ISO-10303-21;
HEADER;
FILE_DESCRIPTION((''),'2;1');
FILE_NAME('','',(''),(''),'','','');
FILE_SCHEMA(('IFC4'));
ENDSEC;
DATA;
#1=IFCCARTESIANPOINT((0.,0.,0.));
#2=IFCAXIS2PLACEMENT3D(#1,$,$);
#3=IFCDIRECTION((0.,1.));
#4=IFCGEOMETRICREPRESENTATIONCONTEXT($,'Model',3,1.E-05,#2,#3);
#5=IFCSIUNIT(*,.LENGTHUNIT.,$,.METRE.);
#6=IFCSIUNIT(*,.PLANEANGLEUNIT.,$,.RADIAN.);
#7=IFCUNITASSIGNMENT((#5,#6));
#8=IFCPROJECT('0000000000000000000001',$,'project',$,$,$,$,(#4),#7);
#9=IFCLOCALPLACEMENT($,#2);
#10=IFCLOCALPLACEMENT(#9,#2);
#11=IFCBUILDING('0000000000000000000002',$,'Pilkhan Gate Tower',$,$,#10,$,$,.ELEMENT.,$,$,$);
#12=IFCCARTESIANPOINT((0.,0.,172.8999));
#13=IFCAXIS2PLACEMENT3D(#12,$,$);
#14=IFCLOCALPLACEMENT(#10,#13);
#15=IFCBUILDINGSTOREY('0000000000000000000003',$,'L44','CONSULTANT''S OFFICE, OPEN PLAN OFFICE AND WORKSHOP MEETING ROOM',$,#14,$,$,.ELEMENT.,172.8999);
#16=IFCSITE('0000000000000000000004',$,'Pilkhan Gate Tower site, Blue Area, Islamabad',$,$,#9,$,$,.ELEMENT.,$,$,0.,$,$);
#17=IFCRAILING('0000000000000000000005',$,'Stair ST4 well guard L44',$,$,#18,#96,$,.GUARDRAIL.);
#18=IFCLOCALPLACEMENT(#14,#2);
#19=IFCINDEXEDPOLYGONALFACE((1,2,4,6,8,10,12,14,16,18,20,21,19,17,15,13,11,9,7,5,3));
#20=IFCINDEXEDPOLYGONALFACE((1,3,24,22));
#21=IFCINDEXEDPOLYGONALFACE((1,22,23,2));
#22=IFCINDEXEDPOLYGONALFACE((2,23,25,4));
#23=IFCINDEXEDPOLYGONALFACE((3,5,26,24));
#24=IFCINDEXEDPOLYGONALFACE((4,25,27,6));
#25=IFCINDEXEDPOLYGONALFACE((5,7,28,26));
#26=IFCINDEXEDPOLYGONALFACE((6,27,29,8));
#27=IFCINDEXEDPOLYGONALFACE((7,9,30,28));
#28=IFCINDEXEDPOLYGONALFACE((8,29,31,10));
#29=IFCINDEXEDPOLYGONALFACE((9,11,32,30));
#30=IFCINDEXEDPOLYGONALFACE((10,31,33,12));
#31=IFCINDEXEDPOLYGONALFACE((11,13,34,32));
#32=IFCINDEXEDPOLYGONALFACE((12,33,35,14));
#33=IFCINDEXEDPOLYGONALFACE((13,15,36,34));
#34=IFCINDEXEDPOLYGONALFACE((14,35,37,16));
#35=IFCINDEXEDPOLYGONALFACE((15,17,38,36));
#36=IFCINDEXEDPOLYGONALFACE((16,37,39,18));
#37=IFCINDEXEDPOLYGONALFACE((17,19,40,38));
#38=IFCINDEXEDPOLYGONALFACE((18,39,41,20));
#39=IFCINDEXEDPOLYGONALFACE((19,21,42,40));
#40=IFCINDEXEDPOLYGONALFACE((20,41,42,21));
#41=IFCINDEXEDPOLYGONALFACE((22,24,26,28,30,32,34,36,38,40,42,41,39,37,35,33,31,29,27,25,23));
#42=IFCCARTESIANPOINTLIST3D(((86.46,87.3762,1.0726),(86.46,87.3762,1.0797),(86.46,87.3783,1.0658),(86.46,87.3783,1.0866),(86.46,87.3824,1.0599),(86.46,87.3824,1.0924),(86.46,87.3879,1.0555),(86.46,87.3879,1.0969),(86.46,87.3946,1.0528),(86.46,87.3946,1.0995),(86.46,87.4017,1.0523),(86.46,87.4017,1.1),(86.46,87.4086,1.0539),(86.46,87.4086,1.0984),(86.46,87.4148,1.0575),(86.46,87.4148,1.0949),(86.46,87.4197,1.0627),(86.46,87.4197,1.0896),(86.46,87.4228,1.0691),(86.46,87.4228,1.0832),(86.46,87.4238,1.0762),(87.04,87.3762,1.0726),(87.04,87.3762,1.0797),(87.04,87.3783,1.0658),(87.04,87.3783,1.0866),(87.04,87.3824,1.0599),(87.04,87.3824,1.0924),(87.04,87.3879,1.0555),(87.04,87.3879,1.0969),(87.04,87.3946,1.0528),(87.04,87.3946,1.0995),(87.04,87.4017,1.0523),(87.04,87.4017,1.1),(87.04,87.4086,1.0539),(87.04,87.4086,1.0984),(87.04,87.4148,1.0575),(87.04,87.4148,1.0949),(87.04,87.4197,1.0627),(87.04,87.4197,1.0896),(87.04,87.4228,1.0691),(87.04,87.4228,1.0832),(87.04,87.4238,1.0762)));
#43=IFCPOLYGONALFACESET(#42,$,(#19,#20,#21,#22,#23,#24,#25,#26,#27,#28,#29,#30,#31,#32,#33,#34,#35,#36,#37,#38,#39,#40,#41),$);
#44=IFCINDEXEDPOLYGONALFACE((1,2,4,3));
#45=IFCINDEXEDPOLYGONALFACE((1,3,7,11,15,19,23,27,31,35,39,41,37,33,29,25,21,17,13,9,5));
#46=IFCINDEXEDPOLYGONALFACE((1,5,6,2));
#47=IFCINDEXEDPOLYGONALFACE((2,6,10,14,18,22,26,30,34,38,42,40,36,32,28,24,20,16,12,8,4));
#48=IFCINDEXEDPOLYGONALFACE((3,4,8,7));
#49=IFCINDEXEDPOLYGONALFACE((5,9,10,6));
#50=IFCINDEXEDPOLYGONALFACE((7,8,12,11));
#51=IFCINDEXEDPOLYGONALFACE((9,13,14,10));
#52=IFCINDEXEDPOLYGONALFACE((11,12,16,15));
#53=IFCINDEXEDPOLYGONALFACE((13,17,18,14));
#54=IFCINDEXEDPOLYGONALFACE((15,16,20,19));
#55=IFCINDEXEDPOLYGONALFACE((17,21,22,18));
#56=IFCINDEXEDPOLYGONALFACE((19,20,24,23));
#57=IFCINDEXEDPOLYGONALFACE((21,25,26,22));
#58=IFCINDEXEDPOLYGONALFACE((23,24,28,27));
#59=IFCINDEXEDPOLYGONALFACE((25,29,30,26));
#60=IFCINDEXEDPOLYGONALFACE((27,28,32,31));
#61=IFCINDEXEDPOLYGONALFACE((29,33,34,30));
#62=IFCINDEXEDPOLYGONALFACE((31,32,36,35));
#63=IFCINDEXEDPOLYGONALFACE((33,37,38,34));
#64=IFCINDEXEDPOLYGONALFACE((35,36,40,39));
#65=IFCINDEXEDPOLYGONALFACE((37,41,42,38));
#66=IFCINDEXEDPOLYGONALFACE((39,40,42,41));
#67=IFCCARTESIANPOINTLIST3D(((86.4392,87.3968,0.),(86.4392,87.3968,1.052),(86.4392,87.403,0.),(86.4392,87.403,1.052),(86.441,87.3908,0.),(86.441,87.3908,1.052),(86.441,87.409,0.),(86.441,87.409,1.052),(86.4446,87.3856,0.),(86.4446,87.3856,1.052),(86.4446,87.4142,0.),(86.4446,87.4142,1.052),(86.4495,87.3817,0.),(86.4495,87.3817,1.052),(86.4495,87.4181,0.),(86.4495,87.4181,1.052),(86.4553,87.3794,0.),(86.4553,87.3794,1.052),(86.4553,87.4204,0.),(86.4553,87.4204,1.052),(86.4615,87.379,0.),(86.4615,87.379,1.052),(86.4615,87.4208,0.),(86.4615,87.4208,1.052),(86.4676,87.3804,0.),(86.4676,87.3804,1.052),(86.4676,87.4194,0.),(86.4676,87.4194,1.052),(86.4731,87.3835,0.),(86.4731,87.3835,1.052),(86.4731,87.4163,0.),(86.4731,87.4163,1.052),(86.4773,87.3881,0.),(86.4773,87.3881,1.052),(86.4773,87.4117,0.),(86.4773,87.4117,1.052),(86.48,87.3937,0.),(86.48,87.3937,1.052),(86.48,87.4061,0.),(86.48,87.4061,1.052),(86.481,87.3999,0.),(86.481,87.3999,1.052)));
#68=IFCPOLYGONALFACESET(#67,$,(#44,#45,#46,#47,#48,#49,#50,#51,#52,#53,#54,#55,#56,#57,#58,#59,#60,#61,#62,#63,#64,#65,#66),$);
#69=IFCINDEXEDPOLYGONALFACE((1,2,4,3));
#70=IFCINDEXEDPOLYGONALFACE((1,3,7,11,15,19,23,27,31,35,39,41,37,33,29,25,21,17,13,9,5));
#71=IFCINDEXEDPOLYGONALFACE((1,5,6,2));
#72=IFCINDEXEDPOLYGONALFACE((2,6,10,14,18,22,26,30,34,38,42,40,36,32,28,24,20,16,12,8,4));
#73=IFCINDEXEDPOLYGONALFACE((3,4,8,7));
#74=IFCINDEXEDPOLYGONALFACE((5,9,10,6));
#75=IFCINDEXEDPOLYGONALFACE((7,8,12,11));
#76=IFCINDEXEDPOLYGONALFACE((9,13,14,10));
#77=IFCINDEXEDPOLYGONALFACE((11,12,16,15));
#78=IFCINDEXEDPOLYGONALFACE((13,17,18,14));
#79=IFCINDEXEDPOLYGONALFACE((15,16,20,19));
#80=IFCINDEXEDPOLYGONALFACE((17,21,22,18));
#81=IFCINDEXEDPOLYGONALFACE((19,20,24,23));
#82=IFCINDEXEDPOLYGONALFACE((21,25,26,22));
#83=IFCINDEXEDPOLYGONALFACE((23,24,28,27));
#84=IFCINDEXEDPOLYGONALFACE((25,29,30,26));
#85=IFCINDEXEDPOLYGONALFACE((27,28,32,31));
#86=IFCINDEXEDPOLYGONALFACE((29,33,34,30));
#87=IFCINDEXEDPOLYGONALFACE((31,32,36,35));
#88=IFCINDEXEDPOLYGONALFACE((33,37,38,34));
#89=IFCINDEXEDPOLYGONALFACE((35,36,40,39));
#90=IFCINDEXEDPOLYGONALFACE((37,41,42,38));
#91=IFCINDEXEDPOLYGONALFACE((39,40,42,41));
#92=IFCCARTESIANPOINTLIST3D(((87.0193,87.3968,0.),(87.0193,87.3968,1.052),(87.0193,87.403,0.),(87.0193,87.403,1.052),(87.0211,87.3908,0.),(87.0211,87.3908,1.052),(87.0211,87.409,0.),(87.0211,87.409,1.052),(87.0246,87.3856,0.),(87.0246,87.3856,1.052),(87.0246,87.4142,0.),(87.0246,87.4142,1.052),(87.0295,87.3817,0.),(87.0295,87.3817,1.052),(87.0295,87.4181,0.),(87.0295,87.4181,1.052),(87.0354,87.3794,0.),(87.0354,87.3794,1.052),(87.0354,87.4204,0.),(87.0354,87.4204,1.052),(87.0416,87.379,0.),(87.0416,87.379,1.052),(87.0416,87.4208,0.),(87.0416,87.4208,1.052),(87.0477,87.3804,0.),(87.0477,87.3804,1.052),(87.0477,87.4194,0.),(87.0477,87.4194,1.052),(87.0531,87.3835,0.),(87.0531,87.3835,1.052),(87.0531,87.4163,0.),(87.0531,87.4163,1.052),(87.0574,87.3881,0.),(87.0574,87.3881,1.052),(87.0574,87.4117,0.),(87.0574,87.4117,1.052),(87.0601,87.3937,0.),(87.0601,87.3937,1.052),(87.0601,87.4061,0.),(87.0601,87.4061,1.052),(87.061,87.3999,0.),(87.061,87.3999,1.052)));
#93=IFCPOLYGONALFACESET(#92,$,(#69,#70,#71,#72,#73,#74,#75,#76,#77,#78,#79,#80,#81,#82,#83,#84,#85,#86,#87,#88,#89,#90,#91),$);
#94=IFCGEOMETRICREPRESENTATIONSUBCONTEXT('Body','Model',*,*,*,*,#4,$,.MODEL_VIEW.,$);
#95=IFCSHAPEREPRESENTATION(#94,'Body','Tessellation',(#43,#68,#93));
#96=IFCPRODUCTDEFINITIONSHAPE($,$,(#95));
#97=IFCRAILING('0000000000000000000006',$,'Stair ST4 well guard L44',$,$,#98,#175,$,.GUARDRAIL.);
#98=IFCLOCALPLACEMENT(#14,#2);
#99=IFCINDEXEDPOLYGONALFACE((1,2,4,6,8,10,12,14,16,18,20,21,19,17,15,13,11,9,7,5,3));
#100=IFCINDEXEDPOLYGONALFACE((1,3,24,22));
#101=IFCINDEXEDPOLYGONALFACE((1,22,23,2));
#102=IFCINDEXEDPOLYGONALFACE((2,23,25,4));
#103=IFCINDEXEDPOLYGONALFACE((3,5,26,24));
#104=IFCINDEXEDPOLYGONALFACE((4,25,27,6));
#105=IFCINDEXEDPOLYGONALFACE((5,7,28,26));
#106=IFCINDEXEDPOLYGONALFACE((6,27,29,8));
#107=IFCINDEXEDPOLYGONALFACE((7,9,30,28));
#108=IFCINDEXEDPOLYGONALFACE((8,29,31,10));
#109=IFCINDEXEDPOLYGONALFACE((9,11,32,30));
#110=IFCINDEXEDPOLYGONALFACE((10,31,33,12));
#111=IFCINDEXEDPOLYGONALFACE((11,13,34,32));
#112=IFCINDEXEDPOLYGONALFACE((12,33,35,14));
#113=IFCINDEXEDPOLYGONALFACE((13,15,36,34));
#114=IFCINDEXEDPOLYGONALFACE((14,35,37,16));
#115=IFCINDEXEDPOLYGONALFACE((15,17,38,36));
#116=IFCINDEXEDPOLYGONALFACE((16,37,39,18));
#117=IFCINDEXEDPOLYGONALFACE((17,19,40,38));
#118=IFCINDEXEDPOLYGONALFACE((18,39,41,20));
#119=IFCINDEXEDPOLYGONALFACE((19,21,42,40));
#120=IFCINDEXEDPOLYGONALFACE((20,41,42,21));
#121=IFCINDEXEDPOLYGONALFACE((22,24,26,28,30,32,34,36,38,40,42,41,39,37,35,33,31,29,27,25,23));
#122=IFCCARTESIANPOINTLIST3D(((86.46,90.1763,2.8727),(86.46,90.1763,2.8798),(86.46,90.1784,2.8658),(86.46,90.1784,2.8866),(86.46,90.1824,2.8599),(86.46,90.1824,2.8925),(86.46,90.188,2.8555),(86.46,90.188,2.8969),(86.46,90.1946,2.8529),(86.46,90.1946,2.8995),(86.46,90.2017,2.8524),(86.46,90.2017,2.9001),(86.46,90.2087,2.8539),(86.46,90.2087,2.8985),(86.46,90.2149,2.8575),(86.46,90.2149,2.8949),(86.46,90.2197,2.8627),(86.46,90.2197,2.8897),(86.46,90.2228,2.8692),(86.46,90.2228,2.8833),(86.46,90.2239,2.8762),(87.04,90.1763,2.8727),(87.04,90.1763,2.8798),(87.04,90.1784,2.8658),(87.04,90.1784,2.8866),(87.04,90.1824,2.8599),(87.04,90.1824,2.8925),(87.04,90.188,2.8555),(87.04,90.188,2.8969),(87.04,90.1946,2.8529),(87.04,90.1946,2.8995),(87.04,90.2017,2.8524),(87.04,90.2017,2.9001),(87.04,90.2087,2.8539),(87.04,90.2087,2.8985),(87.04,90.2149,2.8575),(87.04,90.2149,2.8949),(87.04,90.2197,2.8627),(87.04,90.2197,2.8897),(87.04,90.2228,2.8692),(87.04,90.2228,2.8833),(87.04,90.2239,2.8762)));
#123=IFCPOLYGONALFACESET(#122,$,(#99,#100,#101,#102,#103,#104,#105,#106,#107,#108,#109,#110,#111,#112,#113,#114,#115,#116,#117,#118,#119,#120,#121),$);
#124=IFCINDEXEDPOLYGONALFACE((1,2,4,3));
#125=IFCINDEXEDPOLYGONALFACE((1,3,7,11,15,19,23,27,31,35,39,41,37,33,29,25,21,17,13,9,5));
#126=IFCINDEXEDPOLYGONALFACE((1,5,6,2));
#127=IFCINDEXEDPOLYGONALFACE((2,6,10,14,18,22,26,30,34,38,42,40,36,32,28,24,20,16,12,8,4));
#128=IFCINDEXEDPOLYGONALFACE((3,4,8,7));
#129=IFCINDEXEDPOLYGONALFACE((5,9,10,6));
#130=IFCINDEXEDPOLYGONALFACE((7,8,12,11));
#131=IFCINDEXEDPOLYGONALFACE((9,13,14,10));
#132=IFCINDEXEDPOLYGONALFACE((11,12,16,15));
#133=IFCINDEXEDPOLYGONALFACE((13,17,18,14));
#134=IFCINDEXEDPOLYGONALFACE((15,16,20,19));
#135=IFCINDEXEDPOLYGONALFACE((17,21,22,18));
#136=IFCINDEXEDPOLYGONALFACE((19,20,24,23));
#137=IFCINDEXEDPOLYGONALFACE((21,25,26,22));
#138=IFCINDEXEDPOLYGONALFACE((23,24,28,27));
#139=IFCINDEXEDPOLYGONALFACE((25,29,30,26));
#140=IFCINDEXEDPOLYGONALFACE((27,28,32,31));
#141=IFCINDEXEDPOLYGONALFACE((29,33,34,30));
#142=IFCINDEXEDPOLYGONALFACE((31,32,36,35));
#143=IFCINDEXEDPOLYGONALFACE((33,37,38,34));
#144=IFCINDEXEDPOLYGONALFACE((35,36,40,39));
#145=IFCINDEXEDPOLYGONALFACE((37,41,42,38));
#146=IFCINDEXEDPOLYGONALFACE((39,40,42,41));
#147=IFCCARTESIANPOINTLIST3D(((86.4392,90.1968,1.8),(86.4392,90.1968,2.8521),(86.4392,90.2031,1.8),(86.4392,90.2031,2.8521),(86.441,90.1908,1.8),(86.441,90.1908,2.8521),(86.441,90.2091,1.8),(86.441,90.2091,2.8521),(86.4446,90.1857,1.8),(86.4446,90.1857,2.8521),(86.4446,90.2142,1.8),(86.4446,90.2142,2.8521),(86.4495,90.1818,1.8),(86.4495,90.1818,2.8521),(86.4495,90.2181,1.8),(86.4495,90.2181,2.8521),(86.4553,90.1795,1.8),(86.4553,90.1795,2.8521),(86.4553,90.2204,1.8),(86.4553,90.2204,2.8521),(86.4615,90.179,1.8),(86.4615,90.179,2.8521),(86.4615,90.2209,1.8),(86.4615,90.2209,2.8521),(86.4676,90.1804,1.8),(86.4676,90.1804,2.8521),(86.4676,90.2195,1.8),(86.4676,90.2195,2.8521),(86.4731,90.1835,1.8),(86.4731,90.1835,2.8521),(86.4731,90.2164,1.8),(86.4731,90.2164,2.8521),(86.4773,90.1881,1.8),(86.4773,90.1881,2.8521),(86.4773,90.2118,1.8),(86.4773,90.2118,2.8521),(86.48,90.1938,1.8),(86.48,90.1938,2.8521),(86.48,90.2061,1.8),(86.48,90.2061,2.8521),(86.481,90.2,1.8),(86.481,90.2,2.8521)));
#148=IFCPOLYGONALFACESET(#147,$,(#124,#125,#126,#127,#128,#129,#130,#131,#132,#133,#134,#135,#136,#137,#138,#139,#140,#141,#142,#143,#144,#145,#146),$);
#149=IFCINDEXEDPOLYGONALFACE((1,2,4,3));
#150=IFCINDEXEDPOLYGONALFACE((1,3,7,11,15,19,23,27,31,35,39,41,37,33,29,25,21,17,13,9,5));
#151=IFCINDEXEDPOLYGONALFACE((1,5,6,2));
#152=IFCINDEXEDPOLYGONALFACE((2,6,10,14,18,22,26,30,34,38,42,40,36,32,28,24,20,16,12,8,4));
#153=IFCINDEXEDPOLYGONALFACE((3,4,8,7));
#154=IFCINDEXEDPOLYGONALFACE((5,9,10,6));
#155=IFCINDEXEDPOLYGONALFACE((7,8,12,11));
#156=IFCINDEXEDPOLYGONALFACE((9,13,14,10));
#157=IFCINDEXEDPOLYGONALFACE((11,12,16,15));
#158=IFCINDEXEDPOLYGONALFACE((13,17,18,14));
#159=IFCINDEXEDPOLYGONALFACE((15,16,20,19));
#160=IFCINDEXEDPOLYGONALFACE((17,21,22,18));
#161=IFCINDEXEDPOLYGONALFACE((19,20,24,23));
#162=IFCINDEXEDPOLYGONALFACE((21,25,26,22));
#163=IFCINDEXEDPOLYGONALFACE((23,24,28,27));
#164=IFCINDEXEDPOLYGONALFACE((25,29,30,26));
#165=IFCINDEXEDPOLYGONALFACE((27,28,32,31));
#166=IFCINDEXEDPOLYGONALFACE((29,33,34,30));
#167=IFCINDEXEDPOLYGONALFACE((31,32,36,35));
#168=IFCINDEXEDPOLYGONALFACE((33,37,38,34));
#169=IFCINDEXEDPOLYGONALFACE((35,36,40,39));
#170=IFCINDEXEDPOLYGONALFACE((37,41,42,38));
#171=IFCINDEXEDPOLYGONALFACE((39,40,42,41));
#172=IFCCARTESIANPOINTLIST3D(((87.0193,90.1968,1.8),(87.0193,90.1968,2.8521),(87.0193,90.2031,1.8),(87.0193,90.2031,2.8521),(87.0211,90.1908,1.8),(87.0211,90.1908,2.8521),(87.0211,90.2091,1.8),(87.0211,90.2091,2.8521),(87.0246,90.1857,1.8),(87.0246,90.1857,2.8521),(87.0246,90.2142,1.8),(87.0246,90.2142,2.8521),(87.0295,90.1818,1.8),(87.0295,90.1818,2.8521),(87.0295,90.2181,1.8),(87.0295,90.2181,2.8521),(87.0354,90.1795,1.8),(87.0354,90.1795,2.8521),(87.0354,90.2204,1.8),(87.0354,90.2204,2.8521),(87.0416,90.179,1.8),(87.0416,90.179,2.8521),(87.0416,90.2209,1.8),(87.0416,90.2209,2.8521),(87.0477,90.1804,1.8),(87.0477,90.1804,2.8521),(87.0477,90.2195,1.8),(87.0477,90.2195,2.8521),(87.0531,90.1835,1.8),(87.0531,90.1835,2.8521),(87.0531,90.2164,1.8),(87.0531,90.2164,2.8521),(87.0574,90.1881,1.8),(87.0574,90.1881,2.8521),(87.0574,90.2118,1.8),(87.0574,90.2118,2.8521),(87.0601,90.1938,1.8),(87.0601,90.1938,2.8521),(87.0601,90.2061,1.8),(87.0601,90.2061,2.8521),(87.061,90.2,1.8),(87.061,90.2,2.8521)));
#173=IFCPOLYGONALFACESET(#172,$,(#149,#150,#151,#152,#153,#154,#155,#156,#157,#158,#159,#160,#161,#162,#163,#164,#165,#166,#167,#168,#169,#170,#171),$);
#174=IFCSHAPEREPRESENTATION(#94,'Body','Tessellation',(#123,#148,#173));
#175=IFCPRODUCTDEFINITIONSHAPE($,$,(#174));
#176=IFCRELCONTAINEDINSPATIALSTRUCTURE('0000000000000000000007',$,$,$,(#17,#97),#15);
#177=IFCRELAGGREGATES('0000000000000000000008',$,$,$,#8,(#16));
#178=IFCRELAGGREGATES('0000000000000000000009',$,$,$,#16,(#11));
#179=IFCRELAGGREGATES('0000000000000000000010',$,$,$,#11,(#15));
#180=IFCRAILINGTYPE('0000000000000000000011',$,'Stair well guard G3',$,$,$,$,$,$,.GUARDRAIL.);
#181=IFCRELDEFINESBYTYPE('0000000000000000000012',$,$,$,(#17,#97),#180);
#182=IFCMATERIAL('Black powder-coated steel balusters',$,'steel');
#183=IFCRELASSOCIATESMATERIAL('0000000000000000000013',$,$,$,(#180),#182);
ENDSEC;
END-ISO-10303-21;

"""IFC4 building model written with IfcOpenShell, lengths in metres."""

from ifc_helpers import new_model, si_unit, direction, frame, origin, origin_2d, place, context, subcontext, project, spatial, circle, extrude, material, type_object, element, save


model = new_model("IFC4")

# Units and contexts
model_context = context("Model", 3, precision=1e-05, world=origin(), true_north=direction((0.0, 1.0)))
body_context = subcontext(model_context, "Body", "Model", "MODEL_VIEW")
ifc_project = project(units=[si_unit("LENGTHUNIT", "METRE"), si_unit("PLANEANGLEUNIT", "RADIAN")], contexts=[model_context])

# Site, building, storey
site_placement = place(None, origin())
site = spatial("IfcSite", under=ifc_project, at=site_placement, Name="Pilkhan Gate Tower site, Blue Area, Islamabad", CompositionType="ELEMENT", RefElevation=0.0)
building_placement = place(site_placement, origin())
building = spatial("IfcBuilding", under=site, at=building_placement, Name="Pilkhan Gate Tower", CompositionType="ELEMENT")
storey_placement = place(building_placement, frame((0.0, 0.0, 172.8999)))
storey = spatial("IfcBuildingStorey", under=building, at=storey_placement, Name="L44", Description="CONSULTANT'S OFFICE, OPEN PLAN OFFICE AND WORKSHOP MEETING ROOM", CompositionType="ELEMENT", Elevation=172.8999)

# Railings
ifc_material_1 = material(Name="Black powder-coated steel balusters", Category="steel")
railing_type_1 = type_object("IfcRailingType", Name="Stair well guard G3", PredefinedType="GUARDRAIL", material=ifc_material_1)
for number, where, name in (
    (1, (86.46, 87.3999, 0.0), "Stair ST4 well guard L44"),
    (2, (86.46, 90.2, 1.8), "Stair ST4 well guard L44"),
):
    element("IfcRailing", number, at=place(storey_placement, frame(where)), inside=storey, type_object=railing_type_1, Name=name, PredefinedType="GUARDRAIL", context=body_context, shape_type="SweptSolid", body=[
        extrude(circle(Radius=0.0239, at=origin_2d()), frame((0.0, 0.0, 1.0762), z_axis=(1.0, 0.0, 0.0), x_axis=(0.0, 1.0, 0.0)), (0.0, 0.0, 1.0), 0.5801),
        extrude(circle(Radius=0.021, at=origin_2d()), origin(), (0.0, 0.0, 1.0), 1.052),
        extrude(circle(Radius=0.021, at=origin_2d()), frame((0.5801, 0.0, 0.0)), (0.0, 0.0, 1.0), 1.052),
    ])

save(model, "model.ifc")
